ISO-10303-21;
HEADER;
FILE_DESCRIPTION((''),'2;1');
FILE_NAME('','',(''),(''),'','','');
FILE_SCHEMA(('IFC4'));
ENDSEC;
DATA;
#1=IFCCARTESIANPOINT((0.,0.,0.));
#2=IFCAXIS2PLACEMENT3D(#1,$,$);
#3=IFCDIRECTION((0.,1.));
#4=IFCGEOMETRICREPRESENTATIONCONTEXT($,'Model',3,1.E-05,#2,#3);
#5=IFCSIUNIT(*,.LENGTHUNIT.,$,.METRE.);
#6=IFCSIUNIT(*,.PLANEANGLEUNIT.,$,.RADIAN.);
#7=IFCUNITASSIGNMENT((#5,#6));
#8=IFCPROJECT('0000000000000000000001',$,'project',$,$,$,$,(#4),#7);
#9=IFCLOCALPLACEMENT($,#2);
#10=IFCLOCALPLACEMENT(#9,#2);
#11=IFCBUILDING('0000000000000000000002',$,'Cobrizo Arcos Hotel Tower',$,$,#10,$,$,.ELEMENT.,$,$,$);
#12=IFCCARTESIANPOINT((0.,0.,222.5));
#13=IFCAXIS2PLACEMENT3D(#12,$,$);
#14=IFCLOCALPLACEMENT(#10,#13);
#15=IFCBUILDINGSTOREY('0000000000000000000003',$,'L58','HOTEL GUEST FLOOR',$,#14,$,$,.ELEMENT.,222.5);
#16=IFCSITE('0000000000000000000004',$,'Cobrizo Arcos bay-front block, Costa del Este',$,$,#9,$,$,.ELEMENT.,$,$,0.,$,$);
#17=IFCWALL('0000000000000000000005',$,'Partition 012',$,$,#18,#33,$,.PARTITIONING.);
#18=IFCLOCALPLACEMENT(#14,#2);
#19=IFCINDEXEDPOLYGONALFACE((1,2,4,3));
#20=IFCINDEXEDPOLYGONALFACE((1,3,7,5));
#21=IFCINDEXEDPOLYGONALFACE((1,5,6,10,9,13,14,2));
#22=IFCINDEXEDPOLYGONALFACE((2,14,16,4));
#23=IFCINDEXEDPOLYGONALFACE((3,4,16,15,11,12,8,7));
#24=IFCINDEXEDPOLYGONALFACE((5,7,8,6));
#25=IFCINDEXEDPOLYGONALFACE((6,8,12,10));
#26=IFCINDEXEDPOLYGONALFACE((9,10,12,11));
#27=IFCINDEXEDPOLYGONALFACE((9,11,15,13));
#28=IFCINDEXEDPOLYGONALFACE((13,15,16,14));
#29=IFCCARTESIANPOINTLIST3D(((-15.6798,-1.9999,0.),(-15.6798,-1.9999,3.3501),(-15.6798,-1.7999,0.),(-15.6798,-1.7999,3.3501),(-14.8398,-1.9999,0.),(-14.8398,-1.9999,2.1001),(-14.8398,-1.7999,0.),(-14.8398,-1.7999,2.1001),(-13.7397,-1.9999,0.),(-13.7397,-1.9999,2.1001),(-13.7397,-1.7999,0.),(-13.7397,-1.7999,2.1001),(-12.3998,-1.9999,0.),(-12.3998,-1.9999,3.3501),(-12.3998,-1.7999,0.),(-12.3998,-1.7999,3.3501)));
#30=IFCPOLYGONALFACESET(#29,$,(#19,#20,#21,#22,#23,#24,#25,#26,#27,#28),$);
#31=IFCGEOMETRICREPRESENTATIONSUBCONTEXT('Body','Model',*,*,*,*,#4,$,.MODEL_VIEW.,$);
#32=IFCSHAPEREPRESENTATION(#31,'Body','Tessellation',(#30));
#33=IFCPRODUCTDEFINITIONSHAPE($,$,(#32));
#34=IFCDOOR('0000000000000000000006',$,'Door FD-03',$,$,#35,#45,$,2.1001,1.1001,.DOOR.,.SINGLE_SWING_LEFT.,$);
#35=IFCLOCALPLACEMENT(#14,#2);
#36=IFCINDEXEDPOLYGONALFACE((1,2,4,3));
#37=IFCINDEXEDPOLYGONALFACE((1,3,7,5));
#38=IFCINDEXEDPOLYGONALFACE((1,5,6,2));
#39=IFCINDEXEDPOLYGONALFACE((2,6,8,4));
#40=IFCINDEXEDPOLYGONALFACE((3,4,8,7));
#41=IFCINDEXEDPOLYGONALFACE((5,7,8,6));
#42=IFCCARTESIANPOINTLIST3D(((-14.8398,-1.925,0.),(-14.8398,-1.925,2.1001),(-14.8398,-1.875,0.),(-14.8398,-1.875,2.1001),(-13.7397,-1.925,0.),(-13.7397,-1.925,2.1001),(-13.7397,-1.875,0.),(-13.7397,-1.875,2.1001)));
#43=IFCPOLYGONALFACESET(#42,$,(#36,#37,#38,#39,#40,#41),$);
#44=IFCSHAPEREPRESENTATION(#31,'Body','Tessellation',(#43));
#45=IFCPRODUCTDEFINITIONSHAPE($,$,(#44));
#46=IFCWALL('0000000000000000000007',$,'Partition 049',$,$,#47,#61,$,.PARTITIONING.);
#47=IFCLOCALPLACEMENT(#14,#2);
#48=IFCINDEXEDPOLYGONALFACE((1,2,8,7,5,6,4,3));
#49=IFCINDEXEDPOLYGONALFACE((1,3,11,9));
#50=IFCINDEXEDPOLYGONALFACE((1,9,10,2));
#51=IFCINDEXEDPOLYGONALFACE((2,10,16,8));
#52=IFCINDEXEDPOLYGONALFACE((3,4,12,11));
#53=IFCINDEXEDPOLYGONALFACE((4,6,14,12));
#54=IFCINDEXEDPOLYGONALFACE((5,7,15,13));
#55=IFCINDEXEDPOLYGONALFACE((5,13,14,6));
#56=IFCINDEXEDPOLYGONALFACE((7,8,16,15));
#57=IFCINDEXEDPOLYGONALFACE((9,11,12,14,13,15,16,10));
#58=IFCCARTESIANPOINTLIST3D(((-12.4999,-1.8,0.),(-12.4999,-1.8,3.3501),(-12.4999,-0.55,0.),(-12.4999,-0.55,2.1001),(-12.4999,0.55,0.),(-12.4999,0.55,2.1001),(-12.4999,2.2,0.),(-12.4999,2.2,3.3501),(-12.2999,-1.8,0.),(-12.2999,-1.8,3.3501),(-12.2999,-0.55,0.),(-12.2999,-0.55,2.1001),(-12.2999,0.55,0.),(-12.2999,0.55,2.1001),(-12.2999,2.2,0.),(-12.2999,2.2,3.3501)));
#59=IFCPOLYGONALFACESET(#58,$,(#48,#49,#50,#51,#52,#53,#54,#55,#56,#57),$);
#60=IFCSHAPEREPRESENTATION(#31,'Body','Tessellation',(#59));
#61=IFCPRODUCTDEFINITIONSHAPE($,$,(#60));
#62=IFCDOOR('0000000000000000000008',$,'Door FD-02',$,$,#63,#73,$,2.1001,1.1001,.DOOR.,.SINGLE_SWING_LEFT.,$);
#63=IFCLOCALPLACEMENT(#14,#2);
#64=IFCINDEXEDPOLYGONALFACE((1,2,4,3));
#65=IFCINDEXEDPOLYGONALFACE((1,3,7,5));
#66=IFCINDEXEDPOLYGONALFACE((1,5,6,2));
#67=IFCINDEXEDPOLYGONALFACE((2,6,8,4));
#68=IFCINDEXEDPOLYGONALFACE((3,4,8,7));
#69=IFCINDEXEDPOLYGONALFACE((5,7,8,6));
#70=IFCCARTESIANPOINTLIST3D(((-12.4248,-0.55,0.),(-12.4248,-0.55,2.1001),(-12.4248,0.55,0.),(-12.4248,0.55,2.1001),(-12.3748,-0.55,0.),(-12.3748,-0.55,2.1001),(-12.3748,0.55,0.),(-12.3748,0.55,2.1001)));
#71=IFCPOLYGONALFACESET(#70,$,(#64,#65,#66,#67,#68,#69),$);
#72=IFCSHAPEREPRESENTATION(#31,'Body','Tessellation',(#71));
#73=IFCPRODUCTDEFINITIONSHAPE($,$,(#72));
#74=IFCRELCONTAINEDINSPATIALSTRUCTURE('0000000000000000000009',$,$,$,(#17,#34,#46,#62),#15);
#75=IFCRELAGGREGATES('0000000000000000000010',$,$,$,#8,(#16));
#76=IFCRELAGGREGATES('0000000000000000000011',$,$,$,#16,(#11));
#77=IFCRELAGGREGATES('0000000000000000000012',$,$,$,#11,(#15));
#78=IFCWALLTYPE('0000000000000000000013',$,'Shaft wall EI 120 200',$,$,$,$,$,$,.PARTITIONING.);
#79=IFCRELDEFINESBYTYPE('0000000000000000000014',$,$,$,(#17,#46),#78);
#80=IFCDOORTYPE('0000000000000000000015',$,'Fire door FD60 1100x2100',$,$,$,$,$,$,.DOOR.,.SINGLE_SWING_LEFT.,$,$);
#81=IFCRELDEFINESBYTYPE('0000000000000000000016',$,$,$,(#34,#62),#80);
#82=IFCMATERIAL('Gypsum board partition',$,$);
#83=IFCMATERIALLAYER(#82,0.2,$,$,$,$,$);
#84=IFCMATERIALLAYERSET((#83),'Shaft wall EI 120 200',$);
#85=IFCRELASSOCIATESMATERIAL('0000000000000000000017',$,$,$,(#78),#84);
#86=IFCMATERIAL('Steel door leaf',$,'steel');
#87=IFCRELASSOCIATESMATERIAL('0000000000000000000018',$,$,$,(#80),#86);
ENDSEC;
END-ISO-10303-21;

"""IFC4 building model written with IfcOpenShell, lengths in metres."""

from ifc_helpers import new_model, si_unit, direction, frame, frame_2d, origin, place, context, subcontext, project, spatial, rectangle, extrude, material, layer, layer_set, type_object, element, fill, save


model = new_model("IFC4")

# Units and contexts
model_context = context("Model", 3, precision=1e-05, world=origin(), true_north=direction((0.0, 1.0)))
body_context = subcontext(model_context, "Body", "Model", "MODEL_VIEW")
ifc_project = project(units=[si_unit("LENGTHUNIT", "METRE"), si_unit("PLANEANGLEUNIT", "RADIAN")], contexts=[model_context])

# Site, building, storey
site_placement = place(None, origin())
site = spatial("IfcSite", under=ifc_project, at=site_placement, Name="Cobrizo Arcos bay-front block, Costa del Este", CompositionType="ELEMENT", RefElevation=0.0)
building_placement = place(site_placement, origin())
building = spatial("IfcBuilding", under=site, at=building_placement, Name="Cobrizo Arcos Hotel Tower", CompositionType="ELEMENT")
storey_placement = place(building_placement, frame((0.0, 0.0, 222.5)))
storey = spatial("IfcBuildingStorey", under=building, at=storey_placement, Name="L58", Description="HOTEL GUEST FLOOR", CompositionType="ELEMENT", Elevation=222.5)

# Shared definitions
ifc_material_1 = material(Name="Gypsum board partition")

# Walls, openings, doors
ifc_layer_1 = layer(ifc_material_1, 0.2)
ifc_layer_set_1 = layer_set([ifc_layer_1], Name="Shaft wall EI 120 200")
wall_type_1 = type_object("IfcWallType", Name="Shaft wall EI 120 200", PredefinedType="PARTITIONING", material=ifc_layer_set_1)
wall_1_placement = place(storey_placement, frame((-15.6799, -1.8999, 0.0), z_axis=(0.0, 0.0, 1.0), x_axis=(1.0, 0.0, 0.0)))
wall_1 = element("IfcWall", 1, at=wall_1_placement, inside=storey, type_object=wall_type_1, Name="Partition 012", PredefinedType="PARTITIONING", context=body_context, shape_type="SweptSolid", body=[
    extrude(rectangle(XDim=3.28, YDim=0.2, at=frame_2d((1.6401, 0.0))), origin(), (0.0, 0.0, 1.0), 3.3501),
])
opening_1_placement = place(wall_1_placement, frame((0.8401, 0.0, 0.0)))
opening_1 = element("IfcOpeningElement", 2, at=opening_1_placement, cuts=wall_1, PredefinedType="OPENING", context=body_context, shape_type="SweptSolid", body=[
    extrude(rectangle(XDim=1.1001, YDim=2.1001, at=frame_2d((0.55, 1.05))), frame((0.0, 0.1121, 0.0), z_axis=(0.0, -1.0, 0.0), x_axis=(1.0, 0.0, 0.0)), (0.0, 0.0, 1.0), 0.2239),
])
ifc_material_2 = material(Name="Steel door leaf", Category="steel")
door_type_1 = type_object("IfcDoorType", Name="Fire door FD60 1100x2100", OperationType="SINGLE_SWING_LEFT", PredefinedType="DOOR", material=ifc_material_2)
door_1_placement = place(opening_1_placement, origin())
door_1 = element("IfcDoor", 3, at=door_1_placement, inside=storey, type_object=door_type_1, Name="Door FD-03", OperationType="SINGLE_SWING_LEFT", OverallHeight=2.1001, OverallWidth=1.1001, PredefinedType="DOOR", context=body_context, shape_type="SweptSolid", body=[
    extrude(rectangle(XDim=1.1001, YDim=2.1001, at=frame_2d((0.55, 1.05))), frame((0.0, 0.0249, 0.0), z_axis=(0.0, -1.0, 0.0), x_axis=(1.0, 0.0, 0.0)), (0.0, 0.0, 1.0), 0.05),
])
fill(opening_1, door_1)
wall_2_placement = place(storey_placement, frame((-12.3999, -1.8, 0.0), z_axis=(0.0, 0.0, 1.0), x_axis=(0.0, 1.0, 0.0)))
wall_2 = element("IfcWall", 4, at=wall_2_placement, inside=storey, type_object=wall_type_1, Name="Partition 049", PredefinedType="PARTITIONING", context=body_context, shape_type="SweptSolid", body=[
    extrude(rectangle(XDim=4.0, YDim=0.2, at=frame_2d((2.0, 0.0))), origin(), (0.0, 0.0, 1.0), 3.3501),
])
opening_2_placement = place(wall_2_placement, frame((1.25, 0.0, 0.0)))
opening_2 = element("IfcOpeningElement", 5, at=opening_2_placement, cuts=wall_2, PredefinedType="OPENING", context=body_context, shape_type="SweptSolid", body=[
    extrude(rectangle(XDim=1.1001, YDim=2.1001, at=frame_2d((0.55, 1.05))), frame((0.0, 0.1121, 0.0), z_axis=(0.0, -1.0, 0.0), x_axis=(1.0, 0.0, 0.0)), (0.0, 0.0, 1.0), 0.2239),
])
door_2_placement = place(opening_2_placement, origin())
door_2 = element("IfcDoor", 6, at=door_2_placement, inside=storey, type_object=door_type_1, Name="Door FD-02", OperationType="SINGLE_SWING_LEFT", OverallHeight=2.1001, OverallWidth=1.1001, PredefinedType="DOOR", context=body_context, shape_type="SweptSolid", body=[
    extrude(rectangle(XDim=1.1001, YDim=2.1001, at=frame_2d((0.55, 1.05))), frame((0.0, 0.0249, 0.0), z_axis=(0.0, -1.0, 0.0), x_axis=(1.0, 0.0, 0.0)), (0.0, 0.0, 1.0), 0.05),
])
fill(opening_2, door_2)

save(model, "model.ifc")
